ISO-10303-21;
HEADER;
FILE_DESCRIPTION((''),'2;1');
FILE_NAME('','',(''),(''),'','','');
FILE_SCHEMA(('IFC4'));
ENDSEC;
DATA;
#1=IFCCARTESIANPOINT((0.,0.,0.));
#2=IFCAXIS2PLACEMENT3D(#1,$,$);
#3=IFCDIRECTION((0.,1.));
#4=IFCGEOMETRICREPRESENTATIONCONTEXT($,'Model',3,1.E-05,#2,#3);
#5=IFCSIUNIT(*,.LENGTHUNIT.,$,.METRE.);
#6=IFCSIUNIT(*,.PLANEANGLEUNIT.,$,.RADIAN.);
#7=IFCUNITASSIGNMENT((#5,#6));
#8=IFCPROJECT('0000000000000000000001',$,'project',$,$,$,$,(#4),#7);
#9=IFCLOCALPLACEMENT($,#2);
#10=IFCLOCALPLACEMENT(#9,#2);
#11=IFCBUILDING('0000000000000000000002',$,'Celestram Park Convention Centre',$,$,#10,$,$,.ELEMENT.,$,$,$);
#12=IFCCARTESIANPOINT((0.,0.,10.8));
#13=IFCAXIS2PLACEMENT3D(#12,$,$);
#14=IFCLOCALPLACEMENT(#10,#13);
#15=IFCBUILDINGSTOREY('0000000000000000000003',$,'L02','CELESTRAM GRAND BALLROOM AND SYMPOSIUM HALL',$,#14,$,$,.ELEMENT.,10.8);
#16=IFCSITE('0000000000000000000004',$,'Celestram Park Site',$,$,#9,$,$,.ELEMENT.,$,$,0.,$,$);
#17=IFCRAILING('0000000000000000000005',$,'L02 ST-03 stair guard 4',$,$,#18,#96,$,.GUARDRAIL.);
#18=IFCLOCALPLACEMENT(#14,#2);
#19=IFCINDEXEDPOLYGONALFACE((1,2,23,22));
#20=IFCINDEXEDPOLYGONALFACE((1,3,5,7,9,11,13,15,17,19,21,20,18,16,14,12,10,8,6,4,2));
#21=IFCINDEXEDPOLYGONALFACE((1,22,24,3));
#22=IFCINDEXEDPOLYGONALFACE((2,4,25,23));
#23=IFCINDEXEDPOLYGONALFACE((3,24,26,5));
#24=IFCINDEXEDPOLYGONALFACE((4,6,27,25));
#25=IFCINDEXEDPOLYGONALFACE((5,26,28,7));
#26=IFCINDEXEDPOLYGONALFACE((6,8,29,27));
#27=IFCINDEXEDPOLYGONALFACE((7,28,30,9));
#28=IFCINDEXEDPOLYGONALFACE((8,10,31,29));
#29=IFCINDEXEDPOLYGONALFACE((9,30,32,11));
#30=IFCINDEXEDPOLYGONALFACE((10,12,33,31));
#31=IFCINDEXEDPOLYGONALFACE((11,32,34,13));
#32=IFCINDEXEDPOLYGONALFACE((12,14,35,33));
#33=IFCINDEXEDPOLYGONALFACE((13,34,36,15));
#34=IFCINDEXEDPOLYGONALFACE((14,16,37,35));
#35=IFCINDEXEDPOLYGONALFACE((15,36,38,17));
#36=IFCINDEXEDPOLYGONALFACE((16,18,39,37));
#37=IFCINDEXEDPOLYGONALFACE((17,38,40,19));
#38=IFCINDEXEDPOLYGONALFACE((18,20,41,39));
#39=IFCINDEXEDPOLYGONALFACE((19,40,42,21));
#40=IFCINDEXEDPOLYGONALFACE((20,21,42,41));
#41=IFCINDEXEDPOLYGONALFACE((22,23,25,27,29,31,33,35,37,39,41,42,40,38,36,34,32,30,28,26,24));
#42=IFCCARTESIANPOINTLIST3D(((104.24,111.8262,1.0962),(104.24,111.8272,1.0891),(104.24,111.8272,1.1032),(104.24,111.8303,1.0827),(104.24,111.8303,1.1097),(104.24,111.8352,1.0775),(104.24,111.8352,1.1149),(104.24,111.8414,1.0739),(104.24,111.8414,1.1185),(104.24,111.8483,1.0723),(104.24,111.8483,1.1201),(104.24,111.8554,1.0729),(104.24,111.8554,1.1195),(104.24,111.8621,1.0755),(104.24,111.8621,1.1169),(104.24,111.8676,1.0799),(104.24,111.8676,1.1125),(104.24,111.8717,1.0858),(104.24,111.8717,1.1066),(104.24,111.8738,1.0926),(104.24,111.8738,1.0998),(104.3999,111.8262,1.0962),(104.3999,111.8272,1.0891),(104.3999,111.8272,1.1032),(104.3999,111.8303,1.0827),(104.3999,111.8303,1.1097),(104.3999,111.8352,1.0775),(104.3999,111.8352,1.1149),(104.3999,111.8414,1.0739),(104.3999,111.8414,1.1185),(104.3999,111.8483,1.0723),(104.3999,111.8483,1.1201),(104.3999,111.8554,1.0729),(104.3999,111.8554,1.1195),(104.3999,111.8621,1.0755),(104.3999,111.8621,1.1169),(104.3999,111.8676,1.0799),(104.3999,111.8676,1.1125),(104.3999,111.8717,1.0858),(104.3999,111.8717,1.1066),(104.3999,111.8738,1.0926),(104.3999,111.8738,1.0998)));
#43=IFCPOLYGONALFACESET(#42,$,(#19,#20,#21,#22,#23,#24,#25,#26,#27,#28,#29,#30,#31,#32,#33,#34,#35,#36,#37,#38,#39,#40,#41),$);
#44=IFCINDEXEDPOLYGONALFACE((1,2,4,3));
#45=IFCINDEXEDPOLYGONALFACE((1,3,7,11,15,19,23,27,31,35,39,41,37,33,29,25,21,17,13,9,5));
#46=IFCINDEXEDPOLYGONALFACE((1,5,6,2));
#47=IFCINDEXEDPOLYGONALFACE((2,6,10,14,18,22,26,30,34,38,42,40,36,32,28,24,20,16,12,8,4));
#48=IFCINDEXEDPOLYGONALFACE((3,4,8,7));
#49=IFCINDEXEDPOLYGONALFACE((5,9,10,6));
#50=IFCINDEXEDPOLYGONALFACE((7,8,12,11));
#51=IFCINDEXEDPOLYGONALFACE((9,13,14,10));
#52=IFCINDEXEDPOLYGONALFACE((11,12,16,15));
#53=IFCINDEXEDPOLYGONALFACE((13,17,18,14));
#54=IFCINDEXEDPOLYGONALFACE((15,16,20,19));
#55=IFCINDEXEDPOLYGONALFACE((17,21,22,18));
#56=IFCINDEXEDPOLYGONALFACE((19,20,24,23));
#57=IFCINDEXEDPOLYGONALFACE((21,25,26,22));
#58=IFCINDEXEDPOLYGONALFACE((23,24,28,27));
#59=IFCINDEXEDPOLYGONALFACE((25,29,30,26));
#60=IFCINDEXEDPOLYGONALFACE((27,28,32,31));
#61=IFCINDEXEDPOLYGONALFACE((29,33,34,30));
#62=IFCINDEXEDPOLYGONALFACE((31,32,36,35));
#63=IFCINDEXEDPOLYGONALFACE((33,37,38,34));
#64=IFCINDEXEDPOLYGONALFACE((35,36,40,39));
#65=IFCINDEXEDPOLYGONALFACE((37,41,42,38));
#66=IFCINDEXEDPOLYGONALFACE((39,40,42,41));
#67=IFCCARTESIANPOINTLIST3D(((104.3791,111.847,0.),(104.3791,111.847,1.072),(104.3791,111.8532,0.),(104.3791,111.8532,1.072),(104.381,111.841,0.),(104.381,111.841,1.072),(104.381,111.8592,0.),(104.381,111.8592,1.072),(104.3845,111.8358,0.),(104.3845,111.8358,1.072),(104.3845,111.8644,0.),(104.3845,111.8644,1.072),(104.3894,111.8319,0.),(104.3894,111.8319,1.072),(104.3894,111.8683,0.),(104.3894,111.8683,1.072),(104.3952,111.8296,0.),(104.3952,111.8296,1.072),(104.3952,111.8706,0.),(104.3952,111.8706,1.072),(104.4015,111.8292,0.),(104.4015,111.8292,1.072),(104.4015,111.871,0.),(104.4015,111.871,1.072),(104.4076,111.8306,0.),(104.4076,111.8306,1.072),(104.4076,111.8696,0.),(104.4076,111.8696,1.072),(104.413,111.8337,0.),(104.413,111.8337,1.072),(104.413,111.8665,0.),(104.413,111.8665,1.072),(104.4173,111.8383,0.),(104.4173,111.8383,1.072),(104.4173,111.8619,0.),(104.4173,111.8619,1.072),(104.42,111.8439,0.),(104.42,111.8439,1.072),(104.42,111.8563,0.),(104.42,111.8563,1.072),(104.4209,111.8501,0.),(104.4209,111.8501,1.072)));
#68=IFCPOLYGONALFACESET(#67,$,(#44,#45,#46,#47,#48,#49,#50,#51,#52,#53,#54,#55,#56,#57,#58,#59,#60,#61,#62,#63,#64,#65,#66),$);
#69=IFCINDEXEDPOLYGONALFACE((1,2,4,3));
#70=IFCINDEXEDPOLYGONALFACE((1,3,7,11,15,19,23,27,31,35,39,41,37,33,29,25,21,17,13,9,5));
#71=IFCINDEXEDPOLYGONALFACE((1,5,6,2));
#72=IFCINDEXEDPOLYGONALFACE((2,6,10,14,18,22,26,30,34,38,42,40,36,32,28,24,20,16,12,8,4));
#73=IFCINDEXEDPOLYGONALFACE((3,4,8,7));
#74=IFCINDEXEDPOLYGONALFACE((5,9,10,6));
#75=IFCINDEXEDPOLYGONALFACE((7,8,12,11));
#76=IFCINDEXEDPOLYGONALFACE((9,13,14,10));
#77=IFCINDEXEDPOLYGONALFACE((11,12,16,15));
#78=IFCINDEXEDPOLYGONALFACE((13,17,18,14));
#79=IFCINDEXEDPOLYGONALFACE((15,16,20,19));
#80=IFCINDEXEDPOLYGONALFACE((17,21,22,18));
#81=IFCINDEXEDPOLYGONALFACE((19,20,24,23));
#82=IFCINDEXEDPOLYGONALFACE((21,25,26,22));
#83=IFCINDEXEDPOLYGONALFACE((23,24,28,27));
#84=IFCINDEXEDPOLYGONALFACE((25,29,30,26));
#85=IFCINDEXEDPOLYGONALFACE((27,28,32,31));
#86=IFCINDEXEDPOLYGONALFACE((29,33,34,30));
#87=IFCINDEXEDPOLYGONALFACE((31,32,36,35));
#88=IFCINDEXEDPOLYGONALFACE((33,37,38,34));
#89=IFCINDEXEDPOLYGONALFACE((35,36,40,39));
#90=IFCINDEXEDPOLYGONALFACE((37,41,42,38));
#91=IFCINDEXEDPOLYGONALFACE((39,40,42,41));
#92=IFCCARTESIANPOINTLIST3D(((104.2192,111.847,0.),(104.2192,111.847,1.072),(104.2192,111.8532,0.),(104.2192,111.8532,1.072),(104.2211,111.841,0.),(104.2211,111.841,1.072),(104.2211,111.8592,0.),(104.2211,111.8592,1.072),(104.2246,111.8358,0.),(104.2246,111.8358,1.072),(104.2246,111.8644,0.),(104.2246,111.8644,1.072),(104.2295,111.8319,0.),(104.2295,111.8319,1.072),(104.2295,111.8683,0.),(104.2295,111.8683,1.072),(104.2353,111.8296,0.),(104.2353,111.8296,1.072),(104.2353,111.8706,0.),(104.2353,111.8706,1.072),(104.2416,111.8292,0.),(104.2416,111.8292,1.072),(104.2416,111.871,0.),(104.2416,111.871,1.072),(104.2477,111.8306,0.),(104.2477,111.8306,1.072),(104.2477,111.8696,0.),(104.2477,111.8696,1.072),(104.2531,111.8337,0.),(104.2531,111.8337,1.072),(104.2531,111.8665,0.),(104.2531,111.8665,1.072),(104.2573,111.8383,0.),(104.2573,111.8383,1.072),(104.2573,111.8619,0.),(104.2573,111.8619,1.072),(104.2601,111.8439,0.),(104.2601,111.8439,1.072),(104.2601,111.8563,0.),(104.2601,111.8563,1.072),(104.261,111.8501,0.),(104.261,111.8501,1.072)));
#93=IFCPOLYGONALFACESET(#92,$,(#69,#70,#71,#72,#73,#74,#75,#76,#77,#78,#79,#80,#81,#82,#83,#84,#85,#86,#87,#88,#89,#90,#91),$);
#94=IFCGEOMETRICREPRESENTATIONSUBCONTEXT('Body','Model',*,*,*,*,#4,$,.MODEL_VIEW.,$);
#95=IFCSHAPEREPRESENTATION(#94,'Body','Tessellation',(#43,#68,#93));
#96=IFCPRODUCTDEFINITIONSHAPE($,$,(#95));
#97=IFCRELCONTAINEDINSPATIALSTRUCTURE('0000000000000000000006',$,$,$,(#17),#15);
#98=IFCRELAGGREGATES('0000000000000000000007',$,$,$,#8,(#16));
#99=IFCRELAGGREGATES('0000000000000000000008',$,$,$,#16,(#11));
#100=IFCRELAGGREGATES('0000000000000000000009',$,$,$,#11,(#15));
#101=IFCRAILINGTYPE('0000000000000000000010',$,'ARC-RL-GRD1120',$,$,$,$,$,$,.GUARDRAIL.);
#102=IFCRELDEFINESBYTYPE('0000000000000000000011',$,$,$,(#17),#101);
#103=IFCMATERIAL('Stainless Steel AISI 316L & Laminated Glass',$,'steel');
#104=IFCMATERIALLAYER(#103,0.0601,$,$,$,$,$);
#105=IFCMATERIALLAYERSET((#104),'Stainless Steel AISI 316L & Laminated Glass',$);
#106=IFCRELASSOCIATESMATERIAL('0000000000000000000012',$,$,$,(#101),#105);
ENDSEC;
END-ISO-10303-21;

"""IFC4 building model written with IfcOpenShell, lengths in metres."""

from ifc_helpers import new_model, si_unit, direction, frame, origin, origin_2d, place, context, subcontext, project, spatial, circle, extrude, material, layer, layer_set, type_object, element, save


model = new_model("IFC4")

# Units and contexts
model_context = context("Model", 3, precision=1e-05, world=origin(), true_north=direction((0.0, 1.0)))
body_context = subcontext(model_context, "Body", "Model", "MODEL_VIEW")
ifc_project = project(units=[si_unit("LENGTHUNIT", "METRE"), si_unit("PLANEANGLEUNIT", "RADIAN")], contexts=[model_context])

# Site, building, storey
site_placement = place(None, origin())
site = spatial("IfcSite", under=ifc_project, at=site_placement, Name="Celestram Park Site", CompositionType="ELEMENT", RefElevation=0.0)
building_placement = place(site_placement, origin())
building = spatial("IfcBuilding", under=site, at=building_placement, Name="Celestram Park Convention Centre", CompositionType="ELEMENT")
storey_placement = place(building_placement, frame((0.0, 0.0, 10.8)))
storey = spatial("IfcBuildingStorey", under=building, at=storey_placement, Name="L02", Description="CELESTRAM GRAND BALLROOM AND SYMPOSIUM HALL", CompositionType="ELEMENT", Elevation=10.8)

# Railing
ifc_material_1 = material(Name="Stainless Steel AISI 316L & Laminated Glass", Category="steel")
ifc_layer_1 = layer(ifc_material_1, 0.0601)
ifc_layer_set_1 = layer_set([ifc_layer_1], Name="Stainless Steel AISI 316L & Laminated Glass")
railing_type_1 = type_object("IfcRailingType", Name="ARC-RL-GRD1120", PredefinedType="GUARDRAIL", material=ifc_layer_set_1)
railing_1_placement = place(storey_placement, frame((104.3999, 111.8501, 0.0)))
element("IfcRailing", 1, at=railing_1_placement, inside=storey, type_object=railing_type_1, Name="L02 ST-03 stair guard 4", PredefinedType="GUARDRAIL", context=body_context, shape_type="SweptSolid", body=[
    extrude(circle(Radius=0.0239, at=origin_2d()), frame((0.0, 0.0, 1.0962), z_axis=(-1.0, 0.0, 0.0), x_axis=(0.0, -1.0, 0.0)), (0.0, 0.0, 1.0), 0.1599),
    extrude(circle(Radius=0.021, at=origin_2d()), origin(), (0.0, 0.0, 1.0), 1.072),
    extrude(circle(Radius=0.021, at=origin_2d()), frame((-0.1599, 0.0, 0.0)), (0.0, 0.0, 1.0), 1.072),
])

save(model, "model.ifc")
